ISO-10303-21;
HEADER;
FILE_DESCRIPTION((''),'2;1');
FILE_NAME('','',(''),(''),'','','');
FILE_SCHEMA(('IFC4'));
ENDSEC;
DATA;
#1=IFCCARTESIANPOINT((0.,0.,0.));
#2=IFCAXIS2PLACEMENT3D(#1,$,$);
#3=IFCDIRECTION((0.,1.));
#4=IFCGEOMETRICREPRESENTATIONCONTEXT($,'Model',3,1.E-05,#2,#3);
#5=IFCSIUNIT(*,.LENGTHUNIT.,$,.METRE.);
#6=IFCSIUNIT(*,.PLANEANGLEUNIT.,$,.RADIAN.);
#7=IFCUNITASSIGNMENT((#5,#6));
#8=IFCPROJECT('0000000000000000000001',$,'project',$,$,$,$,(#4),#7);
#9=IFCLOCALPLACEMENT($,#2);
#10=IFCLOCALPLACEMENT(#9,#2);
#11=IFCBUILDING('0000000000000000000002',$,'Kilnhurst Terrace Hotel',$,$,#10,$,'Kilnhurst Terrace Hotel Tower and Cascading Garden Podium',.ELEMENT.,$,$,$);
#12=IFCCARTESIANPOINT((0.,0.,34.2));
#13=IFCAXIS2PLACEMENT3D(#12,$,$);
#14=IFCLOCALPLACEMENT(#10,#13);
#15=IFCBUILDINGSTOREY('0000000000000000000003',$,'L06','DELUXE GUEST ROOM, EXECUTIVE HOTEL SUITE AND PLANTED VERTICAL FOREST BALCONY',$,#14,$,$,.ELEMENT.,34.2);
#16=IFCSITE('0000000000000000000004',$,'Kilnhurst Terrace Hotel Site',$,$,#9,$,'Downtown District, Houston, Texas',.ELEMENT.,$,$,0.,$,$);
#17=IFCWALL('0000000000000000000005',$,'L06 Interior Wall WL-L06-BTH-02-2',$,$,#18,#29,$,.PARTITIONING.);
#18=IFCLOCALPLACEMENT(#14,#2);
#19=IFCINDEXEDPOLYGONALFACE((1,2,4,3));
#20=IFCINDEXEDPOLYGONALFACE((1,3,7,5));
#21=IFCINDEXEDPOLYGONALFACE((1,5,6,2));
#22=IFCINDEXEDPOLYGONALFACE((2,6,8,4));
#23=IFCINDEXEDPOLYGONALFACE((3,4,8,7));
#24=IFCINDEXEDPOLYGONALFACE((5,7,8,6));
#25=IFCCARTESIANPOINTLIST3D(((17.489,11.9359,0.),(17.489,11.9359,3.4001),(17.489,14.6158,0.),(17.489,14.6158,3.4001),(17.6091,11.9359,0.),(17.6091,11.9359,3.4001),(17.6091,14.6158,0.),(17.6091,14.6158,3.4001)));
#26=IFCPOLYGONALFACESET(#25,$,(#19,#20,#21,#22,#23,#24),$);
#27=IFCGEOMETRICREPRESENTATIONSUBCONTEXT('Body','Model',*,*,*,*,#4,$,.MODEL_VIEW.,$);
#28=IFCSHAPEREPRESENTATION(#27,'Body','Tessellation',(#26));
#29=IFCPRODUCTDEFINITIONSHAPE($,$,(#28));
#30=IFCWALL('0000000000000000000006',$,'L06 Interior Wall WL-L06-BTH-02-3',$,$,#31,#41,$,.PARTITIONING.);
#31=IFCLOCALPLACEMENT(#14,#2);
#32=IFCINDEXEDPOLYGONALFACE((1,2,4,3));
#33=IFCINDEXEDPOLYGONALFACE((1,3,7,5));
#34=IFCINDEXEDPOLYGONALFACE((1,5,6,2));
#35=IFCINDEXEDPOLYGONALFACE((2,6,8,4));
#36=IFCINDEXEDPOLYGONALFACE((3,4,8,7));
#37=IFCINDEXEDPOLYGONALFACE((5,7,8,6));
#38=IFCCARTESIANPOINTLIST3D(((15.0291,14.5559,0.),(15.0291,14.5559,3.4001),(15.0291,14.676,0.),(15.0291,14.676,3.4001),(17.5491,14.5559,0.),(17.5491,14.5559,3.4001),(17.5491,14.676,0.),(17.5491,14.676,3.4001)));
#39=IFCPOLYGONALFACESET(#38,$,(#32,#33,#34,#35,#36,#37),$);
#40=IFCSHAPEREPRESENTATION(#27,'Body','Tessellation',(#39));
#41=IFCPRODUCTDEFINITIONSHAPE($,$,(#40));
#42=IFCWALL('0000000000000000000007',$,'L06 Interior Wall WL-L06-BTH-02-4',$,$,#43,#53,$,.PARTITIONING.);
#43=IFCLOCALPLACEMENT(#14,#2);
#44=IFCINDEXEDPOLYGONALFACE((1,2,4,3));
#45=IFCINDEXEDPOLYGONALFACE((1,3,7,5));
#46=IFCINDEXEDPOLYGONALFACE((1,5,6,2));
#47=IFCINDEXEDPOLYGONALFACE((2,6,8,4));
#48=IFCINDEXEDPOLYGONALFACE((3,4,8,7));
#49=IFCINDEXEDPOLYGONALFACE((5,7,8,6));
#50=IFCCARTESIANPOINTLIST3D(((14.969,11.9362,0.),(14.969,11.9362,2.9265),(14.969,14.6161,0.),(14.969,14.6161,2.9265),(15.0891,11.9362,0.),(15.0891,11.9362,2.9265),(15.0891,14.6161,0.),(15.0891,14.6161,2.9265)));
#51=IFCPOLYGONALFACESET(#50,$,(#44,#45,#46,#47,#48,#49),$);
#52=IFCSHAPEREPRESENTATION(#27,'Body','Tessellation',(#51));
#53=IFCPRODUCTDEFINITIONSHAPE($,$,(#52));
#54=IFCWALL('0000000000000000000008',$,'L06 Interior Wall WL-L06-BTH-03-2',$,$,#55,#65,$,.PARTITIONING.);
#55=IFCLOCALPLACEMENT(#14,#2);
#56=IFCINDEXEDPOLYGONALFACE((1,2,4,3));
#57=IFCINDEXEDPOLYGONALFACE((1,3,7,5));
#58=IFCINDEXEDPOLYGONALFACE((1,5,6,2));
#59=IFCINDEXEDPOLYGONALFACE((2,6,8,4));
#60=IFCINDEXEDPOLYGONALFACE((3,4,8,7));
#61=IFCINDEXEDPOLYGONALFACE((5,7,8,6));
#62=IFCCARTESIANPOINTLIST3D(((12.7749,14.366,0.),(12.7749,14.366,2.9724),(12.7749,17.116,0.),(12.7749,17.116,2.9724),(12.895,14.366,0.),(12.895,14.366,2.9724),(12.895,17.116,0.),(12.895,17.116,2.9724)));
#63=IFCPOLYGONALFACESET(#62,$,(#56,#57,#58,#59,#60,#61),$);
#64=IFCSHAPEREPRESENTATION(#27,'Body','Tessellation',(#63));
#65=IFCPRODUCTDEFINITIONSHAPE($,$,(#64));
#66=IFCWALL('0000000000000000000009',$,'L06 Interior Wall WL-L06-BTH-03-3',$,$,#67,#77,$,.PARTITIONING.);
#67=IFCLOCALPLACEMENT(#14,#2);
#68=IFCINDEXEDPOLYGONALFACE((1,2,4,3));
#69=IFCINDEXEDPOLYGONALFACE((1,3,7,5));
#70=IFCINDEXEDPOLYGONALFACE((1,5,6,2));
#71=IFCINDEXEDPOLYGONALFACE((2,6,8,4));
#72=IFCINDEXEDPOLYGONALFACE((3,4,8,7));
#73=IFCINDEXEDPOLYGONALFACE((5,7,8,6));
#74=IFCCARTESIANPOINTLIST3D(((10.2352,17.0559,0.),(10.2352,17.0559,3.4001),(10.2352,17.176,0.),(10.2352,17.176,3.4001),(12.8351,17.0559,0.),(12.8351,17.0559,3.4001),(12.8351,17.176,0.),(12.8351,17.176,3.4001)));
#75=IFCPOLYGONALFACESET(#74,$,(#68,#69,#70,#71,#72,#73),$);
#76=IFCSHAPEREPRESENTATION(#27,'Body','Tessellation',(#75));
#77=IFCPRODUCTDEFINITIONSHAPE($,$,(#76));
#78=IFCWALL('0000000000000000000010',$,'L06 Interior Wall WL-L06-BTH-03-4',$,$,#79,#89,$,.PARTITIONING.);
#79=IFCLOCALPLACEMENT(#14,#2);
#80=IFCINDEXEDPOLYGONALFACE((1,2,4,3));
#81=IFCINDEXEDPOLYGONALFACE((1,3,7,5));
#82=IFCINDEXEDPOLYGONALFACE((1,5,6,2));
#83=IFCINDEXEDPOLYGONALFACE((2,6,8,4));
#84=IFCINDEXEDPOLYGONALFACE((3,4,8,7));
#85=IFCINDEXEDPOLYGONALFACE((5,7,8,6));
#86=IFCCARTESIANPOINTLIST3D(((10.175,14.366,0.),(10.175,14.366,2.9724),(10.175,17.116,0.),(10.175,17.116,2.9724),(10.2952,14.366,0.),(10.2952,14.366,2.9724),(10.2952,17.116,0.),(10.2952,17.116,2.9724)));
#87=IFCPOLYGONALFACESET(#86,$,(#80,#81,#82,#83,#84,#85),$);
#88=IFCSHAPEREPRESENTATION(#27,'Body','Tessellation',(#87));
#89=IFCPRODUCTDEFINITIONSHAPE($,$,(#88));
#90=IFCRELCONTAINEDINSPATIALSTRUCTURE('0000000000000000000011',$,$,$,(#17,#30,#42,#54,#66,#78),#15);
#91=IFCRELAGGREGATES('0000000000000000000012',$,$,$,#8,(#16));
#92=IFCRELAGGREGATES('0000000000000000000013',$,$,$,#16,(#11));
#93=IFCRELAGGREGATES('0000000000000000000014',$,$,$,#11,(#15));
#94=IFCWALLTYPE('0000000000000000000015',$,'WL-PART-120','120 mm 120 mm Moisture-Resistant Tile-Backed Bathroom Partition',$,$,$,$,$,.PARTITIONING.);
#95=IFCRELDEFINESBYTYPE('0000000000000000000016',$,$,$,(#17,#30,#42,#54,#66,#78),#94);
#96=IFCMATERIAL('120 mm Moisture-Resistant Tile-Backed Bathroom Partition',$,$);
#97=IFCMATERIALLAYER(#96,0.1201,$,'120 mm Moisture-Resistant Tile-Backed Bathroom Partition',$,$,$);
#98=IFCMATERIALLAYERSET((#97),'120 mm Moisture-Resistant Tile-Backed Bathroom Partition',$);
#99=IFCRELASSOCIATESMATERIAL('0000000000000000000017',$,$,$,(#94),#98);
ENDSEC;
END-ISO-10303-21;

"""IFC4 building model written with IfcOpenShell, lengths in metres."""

from ifc_helpers import new_model, si_unit, direction, frame, frame_2d, origin, place, context, subcontext, project, spatial, rectangle, extrude, material, layer, layer_set, type_object, element, save


model = new_model("IFC4")

# Units and contexts
model_context = context("Model", 3, precision=1e-05, world=origin(), true_north=direction((0.0, 1.0)))
body_context = subcontext(model_context, "Body", "Model", "MODEL_VIEW")
ifc_project = project(units=[si_unit("LENGTHUNIT", "METRE"), si_unit("PLANEANGLEUNIT", "RADIAN")], contexts=[model_context])

# Site, building, storey
site_placement = place(None, origin())
site = spatial("IfcSite", under=ifc_project, at=site_placement, Name="Kilnhurst Terrace Hotel Site", LongName="Downtown District, Houston, Texas", CompositionType="ELEMENT", RefElevation=0.0)
building_placement = place(site_placement, origin())
building = spatial("IfcBuilding", under=site, at=building_placement, Name="Kilnhurst Terrace Hotel", LongName="Kilnhurst Terrace Hotel Tower and Cascading Garden Podium", CompositionType="ELEMENT")
storey_placement = place(building_placement, frame((0.0, 0.0, 34.2)))
storey = spatial("IfcBuildingStorey", under=building, at=storey_placement, Name="L06", Description="DELUXE GUEST ROOM, EXECUTIVE HOTEL SUITE AND PLANTED VERTICAL FOREST BALCONY", CompositionType="ELEMENT", Elevation=34.2)

# Shared definitions
ifc_material_1 = material(Name="120 mm Moisture-Resistant Tile-Backed Bathroom Partition")
ifc_layer_1 = layer(ifc_material_1, 0.1201, Name="120 mm Moisture-Resistant Tile-Backed Bathroom Partition")
ifc_layer_set_1 = layer_set([ifc_layer_1], Name="120 mm Moisture-Resistant Tile-Backed Bathroom Partition")
wall_type_1 = type_object("IfcWallType", Name="WL-PART-120", Description="120 mm 120 mm Moisture-Resistant Tile-Backed Bathroom Partition", PredefinedType="PARTITIONING", material=ifc_layer_set_1)

# Walls
wall_1_placement = place(storey_placement, frame((17.5491, 11.936, 0.0), z_axis=(0.0, 0.0, 1.0), x_axis=(0.0, 1.0, 0.0)))
element("IfcWall", 1, at=wall_1_placement, inside=storey, type_object=wall_type_1, Name="L06 Interior Wall WL-L06-BTH-02-2", PredefinedType="PARTITIONING", context=body_context, shape_type="SweptSolid", body=[
    extrude(rectangle(XDim=2.6799, YDim=0.1201, at=frame_2d((1.3398, 0.0))), origin(), (0.0, 0.0, 1.0), 3.4001),
])
wall_2_placement = place(storey_placement, frame((17.5491, 14.616, 0.0), z_axis=(0.0, 0.0, 1.0), x_axis=(-1.0, 0.0, 0.0)))
element("IfcWall", 2, at=wall_2_placement, inside=storey, type_object=wall_type_1, Name="L06 Interior Wall WL-L06-BTH-02-3", PredefinedType="PARTITIONING", context=body_context, shape_type="SweptSolid", body=[
    extrude(rectangle(XDim=2.52, YDim=0.1201, at=frame_2d((1.26, 0.0))), origin(), (0.0, 0.0, 1.0), 3.4001),
])
wall_3_placement = place(storey_placement, frame((15.0291, 14.616, 0.0), z_axis=(0.0, 0.0, 1.0), x_axis=(0.0, -1.0, 0.0)))
element("IfcWall", 3, at=wall_3_placement, inside=storey, type_object=wall_type_1, Name="L06 Interior Wall WL-L06-BTH-02-4", PredefinedType="PARTITIONING", context=body_context, shape_type="SweptSolid", body=[
    extrude(rectangle(XDim=2.6799, YDim=0.1201, at=frame_2d((1.3398, 0.0))), origin(), (0.0, 0.0, 1.0), 2.9265),
])
wall_4_placement = place(storey_placement, frame((12.835, 14.366, 0.0), z_axis=(0.0, 0.0, 1.0), x_axis=(0.0, 1.0, 0.0)))
element("IfcWall", 4, at=wall_4_placement, inside=storey, type_object=wall_type_1, Name="L06 Interior Wall WL-L06-BTH-03-2", PredefinedType="PARTITIONING", context=body_context, shape_type="SweptSolid", body=[
    extrude(rectangle(XDim=2.75, YDim=0.1201, at=frame_2d((1.375, 0.0))), origin(), (0.0, 0.0, 1.0), 2.9724),
])
wall_5_placement = place(storey_placement, frame((12.835, 17.116, 0.0), z_axis=(0.0, 0.0, 1.0), x_axis=(-1.0, 0.0, 0.0)))
element("IfcWall", 5, at=wall_5_placement, inside=storey, type_object=wall_type_1, Name="L06 Interior Wall WL-L06-BTH-03-3", PredefinedType="PARTITIONING", context=body_context, shape_type="SweptSolid", body=[
    extrude(rectangle(XDim=2.5999, YDim=0.1201, at=frame_2d((1.2998, 0.0))), origin(), (0.0, 0.0, 1.0), 3.4001),
])
wall_6_placement = place(storey_placement, frame((10.2351, 17.116, 0.0), z_axis=(0.0, 0.0, 1.0), x_axis=(0.0, -1.0, 0.0)))
element("IfcWall", 6, at=wall_6_placement, inside=storey, type_object=wall_type_1, Name="L06 Interior Wall WL-L06-BTH-03-4", PredefinedType="PARTITIONING", context=body_context, shape_type="SweptSolid", body=[
    extrude(rectangle(XDim=2.75, YDim=0.1201, at=frame_2d((1.375, 0.0))), origin(), (0.0, 0.0, 1.0), 2.9724),
])

save(model, "model.ifc")
